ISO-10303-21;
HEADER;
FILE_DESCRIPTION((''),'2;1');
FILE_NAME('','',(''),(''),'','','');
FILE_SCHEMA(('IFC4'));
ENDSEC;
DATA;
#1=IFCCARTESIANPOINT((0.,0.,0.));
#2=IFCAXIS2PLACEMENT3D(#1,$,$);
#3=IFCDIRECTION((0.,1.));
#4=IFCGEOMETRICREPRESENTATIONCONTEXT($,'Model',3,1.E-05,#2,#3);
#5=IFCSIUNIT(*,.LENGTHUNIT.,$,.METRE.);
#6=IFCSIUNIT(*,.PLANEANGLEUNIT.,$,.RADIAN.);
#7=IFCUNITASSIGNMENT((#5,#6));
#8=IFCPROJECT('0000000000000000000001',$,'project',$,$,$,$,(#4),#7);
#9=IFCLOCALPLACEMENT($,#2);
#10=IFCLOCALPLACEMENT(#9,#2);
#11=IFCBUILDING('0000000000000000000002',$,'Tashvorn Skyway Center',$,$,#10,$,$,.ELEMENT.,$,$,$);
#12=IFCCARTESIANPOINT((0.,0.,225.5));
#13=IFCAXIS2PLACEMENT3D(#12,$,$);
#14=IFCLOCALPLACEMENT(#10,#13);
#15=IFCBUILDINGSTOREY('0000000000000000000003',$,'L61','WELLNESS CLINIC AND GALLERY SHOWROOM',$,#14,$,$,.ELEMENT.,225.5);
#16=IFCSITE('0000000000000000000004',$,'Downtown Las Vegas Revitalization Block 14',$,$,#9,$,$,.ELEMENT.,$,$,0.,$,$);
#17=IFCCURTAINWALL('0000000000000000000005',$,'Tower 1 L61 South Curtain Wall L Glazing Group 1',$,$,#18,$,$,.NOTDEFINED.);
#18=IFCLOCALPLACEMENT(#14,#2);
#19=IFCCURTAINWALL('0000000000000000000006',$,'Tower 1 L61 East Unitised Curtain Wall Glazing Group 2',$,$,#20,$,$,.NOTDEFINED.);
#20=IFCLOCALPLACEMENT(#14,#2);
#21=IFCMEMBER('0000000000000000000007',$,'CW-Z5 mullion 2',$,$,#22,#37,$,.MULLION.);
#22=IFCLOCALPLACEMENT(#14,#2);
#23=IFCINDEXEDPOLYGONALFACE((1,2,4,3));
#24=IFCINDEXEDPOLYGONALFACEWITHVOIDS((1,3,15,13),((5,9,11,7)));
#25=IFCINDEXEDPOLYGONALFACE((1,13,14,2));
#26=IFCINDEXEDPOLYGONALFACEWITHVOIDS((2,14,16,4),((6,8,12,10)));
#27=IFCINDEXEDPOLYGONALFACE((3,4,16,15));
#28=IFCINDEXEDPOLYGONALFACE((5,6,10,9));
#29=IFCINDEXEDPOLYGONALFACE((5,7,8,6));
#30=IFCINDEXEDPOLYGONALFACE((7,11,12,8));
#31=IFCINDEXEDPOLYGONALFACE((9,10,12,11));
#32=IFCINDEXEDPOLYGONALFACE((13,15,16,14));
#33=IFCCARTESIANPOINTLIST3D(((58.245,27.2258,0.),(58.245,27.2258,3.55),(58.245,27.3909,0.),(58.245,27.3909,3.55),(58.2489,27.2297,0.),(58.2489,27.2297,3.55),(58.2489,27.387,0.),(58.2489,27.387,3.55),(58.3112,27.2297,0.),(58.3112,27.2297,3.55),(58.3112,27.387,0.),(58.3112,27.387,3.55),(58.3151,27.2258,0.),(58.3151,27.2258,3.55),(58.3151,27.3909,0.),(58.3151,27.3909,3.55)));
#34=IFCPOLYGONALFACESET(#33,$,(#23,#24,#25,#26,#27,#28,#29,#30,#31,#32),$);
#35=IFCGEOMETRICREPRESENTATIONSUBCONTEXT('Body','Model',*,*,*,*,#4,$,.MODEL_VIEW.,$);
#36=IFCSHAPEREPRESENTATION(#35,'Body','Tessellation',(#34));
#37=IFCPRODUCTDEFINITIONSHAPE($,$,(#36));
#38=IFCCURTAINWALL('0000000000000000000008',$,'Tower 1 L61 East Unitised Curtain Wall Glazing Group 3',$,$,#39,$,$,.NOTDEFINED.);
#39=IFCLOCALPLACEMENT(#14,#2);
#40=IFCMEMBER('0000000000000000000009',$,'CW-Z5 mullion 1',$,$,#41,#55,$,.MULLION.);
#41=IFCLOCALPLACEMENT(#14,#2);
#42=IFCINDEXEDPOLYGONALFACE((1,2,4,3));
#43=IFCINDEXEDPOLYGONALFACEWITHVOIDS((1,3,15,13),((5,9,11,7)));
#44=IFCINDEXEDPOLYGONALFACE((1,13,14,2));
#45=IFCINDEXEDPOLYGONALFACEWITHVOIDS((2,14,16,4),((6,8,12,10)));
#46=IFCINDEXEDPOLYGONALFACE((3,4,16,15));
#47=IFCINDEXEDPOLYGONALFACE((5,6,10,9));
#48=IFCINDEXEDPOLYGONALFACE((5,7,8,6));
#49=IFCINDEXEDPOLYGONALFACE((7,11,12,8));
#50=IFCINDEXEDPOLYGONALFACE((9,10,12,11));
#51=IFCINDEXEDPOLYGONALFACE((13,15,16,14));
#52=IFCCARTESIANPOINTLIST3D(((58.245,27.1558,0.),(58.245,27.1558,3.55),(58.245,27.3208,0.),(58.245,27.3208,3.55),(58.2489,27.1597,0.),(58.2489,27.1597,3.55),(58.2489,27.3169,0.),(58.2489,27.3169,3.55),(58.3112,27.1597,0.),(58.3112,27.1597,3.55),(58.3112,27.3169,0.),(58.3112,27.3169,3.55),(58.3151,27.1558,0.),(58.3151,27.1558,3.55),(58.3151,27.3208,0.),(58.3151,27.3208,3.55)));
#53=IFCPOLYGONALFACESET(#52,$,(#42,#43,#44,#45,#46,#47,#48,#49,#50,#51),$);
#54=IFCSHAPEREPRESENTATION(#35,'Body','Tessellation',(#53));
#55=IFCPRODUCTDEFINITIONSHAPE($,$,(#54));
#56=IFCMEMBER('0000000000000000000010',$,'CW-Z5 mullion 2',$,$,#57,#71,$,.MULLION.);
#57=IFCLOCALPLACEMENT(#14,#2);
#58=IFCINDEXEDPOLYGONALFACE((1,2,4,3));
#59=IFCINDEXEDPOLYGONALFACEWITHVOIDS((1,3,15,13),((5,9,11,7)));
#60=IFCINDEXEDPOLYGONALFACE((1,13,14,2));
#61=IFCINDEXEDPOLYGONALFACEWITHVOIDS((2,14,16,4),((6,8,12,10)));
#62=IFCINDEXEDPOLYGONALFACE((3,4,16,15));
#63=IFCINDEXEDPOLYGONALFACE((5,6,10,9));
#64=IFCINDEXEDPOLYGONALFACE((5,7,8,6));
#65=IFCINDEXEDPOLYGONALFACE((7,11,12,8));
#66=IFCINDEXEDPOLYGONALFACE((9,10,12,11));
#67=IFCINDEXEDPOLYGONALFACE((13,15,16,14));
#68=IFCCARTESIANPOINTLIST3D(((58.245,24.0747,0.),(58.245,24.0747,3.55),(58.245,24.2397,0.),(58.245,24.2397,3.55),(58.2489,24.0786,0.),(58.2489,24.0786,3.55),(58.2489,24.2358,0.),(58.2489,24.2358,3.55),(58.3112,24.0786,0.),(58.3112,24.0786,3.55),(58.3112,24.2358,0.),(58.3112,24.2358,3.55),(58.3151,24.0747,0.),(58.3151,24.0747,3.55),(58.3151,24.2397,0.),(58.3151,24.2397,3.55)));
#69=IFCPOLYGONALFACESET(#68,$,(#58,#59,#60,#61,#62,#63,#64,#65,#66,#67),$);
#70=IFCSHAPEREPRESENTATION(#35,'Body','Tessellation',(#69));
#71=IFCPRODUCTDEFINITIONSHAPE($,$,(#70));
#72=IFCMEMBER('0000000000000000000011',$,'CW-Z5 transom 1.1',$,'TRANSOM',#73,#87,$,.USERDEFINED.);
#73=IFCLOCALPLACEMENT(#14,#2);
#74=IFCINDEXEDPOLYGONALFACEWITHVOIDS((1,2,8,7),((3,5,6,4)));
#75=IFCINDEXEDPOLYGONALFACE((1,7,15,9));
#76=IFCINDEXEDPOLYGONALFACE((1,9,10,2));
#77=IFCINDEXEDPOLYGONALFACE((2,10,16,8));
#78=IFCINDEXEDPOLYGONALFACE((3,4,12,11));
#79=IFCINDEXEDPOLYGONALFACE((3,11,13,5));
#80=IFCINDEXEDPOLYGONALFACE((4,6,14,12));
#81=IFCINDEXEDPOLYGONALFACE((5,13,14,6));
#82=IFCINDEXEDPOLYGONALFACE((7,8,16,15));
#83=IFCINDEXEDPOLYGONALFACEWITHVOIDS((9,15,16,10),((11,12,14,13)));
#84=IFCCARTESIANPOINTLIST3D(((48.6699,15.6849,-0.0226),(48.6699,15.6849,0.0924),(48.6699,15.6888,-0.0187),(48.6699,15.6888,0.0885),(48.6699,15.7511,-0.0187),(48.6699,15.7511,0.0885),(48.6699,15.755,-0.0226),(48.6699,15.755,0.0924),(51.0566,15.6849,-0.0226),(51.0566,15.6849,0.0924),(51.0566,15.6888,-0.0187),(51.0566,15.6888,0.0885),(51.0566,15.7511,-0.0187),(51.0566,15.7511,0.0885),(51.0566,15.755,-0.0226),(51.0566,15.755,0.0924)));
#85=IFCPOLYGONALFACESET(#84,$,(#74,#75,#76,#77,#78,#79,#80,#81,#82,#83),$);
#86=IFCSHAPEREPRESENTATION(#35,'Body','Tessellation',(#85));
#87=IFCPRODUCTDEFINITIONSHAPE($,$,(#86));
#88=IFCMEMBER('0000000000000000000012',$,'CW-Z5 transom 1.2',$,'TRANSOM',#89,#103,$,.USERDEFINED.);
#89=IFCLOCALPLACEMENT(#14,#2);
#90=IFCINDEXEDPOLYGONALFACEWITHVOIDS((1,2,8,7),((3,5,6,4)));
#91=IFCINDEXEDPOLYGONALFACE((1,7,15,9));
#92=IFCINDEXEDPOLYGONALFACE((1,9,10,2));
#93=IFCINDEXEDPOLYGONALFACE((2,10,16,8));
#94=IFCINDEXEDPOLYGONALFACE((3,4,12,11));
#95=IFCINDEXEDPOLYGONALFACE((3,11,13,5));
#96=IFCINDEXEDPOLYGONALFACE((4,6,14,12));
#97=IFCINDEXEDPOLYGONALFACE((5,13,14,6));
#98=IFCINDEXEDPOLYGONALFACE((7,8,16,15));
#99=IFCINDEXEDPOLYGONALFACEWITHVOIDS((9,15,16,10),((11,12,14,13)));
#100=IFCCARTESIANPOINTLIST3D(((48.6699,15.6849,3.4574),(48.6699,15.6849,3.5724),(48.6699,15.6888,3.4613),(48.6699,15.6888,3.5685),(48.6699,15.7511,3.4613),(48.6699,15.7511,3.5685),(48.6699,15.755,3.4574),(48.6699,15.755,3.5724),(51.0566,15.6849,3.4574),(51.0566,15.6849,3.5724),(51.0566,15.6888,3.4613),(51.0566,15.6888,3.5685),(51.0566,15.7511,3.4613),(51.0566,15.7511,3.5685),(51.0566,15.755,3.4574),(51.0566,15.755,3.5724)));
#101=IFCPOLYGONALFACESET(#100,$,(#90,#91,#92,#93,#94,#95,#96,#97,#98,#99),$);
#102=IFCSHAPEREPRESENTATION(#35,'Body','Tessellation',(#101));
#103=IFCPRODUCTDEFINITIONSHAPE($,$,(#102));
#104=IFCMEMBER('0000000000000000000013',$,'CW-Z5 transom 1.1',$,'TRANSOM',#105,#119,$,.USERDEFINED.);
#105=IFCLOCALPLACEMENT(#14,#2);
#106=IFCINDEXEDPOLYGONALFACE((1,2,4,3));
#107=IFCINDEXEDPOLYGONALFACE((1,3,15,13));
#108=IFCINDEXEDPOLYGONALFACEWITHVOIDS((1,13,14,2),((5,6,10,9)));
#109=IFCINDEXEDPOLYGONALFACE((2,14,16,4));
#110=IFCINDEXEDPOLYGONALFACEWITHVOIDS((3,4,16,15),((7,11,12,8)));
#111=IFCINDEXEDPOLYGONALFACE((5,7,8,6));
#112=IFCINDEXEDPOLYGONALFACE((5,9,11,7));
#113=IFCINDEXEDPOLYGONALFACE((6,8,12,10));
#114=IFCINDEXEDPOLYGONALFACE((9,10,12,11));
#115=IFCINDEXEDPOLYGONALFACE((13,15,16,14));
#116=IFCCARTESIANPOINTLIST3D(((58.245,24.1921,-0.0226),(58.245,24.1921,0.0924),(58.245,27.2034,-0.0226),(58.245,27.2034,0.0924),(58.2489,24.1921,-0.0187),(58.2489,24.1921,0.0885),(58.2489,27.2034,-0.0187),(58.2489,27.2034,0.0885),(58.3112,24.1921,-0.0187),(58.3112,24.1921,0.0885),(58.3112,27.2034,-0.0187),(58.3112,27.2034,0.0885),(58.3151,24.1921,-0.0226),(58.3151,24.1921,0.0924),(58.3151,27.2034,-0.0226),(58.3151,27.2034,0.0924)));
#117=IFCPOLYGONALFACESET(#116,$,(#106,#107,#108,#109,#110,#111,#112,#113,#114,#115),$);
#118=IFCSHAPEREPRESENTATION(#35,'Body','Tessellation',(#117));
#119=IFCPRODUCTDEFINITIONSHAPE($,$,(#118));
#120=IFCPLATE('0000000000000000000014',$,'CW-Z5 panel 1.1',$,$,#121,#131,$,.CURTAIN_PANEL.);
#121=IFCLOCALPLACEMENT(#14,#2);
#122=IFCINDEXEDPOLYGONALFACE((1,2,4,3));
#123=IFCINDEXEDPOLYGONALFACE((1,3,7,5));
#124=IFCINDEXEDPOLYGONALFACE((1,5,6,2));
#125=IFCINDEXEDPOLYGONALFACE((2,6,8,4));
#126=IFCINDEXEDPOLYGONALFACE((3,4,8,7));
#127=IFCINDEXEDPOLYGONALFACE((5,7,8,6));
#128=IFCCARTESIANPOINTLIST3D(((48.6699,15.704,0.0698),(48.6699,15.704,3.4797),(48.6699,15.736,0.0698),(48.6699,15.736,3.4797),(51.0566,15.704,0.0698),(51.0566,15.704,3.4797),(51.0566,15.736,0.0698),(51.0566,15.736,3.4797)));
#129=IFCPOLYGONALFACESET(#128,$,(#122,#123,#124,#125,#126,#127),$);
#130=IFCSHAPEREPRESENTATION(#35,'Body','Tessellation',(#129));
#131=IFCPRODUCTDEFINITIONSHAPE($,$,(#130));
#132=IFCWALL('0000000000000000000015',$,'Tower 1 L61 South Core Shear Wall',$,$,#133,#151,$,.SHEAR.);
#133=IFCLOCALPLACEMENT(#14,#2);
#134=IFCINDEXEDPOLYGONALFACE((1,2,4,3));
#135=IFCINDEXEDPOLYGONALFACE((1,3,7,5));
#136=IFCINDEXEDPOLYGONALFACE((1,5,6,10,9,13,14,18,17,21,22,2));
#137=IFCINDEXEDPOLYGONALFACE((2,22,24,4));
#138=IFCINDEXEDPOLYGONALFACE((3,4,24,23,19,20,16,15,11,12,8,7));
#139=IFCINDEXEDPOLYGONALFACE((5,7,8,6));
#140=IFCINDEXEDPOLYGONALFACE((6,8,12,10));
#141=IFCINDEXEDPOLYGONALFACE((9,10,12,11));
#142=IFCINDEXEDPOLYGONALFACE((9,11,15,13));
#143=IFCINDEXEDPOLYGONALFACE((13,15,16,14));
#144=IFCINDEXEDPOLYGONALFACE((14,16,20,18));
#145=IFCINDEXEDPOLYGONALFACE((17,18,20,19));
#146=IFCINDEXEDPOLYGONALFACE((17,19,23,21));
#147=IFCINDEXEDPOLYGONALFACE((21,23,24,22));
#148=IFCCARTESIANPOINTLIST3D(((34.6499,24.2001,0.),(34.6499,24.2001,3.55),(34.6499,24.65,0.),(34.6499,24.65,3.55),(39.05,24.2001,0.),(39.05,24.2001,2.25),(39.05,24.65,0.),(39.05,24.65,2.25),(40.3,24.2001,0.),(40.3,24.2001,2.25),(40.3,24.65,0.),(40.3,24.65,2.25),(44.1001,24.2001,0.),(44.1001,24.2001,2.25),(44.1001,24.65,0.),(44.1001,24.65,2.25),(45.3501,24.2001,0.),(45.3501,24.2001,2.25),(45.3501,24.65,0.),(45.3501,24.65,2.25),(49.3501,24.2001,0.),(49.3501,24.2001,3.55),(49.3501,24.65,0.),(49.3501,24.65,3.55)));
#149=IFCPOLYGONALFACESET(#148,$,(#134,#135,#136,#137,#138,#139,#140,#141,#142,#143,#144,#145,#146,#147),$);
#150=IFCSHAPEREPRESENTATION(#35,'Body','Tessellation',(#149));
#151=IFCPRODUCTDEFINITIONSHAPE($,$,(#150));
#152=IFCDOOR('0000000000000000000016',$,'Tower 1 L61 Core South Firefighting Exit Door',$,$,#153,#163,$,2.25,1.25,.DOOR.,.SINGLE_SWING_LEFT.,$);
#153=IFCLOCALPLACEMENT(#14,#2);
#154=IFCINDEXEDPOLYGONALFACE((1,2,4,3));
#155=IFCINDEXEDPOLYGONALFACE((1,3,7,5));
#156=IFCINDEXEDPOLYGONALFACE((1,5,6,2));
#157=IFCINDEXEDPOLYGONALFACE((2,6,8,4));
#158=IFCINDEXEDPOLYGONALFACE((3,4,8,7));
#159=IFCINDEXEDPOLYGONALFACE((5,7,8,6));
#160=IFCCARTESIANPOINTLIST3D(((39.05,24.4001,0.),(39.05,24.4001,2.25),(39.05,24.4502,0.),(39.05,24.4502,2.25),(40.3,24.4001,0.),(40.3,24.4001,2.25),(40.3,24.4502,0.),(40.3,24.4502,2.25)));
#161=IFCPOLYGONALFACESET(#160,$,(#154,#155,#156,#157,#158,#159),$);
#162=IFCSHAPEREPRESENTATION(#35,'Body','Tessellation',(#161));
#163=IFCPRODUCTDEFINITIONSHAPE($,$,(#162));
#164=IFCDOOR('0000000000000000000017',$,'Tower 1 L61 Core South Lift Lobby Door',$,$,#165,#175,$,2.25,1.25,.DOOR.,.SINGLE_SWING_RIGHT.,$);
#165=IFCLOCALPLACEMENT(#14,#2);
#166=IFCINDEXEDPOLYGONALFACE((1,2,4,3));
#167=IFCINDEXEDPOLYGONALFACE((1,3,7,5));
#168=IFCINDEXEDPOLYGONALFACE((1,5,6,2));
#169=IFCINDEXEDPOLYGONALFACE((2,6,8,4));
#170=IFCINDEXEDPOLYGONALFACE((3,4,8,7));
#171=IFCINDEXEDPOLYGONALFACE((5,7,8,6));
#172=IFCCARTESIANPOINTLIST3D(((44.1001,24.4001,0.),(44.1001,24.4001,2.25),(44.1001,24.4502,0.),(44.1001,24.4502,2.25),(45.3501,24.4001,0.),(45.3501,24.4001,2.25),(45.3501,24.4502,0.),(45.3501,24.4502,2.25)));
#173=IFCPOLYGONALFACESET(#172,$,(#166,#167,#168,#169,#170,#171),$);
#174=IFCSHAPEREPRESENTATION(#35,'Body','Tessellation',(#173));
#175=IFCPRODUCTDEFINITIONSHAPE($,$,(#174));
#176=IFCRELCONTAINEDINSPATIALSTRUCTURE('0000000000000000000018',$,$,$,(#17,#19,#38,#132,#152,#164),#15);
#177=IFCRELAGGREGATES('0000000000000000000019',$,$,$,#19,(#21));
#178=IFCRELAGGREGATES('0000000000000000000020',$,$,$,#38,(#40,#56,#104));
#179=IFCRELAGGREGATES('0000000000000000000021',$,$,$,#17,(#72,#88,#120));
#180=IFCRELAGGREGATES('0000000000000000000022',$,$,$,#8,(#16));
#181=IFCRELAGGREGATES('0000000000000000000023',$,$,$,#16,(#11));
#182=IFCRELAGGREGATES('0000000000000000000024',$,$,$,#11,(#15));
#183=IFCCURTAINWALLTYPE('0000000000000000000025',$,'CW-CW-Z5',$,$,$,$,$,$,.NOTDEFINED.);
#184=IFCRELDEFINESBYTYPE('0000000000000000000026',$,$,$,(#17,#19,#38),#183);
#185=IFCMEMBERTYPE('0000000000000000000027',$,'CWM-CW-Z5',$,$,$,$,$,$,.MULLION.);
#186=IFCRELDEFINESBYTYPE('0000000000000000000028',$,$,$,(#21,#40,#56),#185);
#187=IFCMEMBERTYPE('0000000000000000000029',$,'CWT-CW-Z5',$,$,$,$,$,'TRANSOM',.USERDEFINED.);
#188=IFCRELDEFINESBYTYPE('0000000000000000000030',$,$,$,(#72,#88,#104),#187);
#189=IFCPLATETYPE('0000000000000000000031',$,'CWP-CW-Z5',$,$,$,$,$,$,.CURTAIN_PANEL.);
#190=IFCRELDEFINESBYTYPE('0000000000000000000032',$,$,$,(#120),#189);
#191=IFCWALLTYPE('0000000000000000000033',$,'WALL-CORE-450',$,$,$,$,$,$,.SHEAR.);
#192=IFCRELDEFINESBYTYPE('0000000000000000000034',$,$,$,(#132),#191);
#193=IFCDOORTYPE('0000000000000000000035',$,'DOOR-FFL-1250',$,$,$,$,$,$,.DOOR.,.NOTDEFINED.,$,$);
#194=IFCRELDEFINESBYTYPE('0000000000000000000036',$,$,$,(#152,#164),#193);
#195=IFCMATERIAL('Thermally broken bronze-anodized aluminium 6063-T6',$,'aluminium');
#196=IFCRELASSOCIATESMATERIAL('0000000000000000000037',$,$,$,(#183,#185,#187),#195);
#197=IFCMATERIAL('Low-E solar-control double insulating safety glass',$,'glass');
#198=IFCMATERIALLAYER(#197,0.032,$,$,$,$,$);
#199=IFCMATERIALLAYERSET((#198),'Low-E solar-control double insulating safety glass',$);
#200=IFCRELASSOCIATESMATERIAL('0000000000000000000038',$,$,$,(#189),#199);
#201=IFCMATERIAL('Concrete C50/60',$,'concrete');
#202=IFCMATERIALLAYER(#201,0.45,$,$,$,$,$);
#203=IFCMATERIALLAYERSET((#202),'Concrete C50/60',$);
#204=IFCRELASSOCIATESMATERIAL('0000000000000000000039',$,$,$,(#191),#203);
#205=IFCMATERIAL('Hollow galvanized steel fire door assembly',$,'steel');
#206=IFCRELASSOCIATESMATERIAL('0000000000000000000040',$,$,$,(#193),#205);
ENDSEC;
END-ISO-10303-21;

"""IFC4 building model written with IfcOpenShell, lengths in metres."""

from ifc_helpers import new_model, si_unit, direction, frame, frame_2d, origin, origin_2d, place, context, subcontext, project, spatial, rectangle, hollow_rectangle, extrude, material, layer, layer_set, material_profile, profile_set, type_object, element, fill, aggregate, save


model = new_model("IFC4")

# Units and contexts
model_context = context("Model", 3, precision=1e-05, world=origin(), true_north=direction((0.0, 1.0)))
body_context = subcontext(model_context, "Body", "Model", "MODEL_VIEW")
ifc_project = project(units=[si_unit("LENGTHUNIT", "METRE"), si_unit("PLANEANGLEUNIT", "RADIAN")], contexts=[model_context])

# Site, building, storey
site_placement = place(None, origin())
site = spatial("IfcSite", under=ifc_project, at=site_placement, Name="Downtown Las Vegas Revitalization Block 14", CompositionType="ELEMENT", RefElevation=0.0)
building_placement = place(site_placement, origin())
building = spatial("IfcBuilding", under=site, at=building_placement, Name="Tashvorn Skyway Center", CompositionType="ELEMENT")
storey_placement = place(building_placement, frame((0.0, 0.0, 225.5)))
storey = spatial("IfcBuildingStorey", under=building, at=storey_placement, Name="L61", Description="WELLNESS CLINIC AND GALLERY SHOWROOM", CompositionType="ELEMENT", Elevation=225.5)

# Curtain wall
ifc_material_1 = material(Name="Thermally broken bronze-anodized aluminium 6063-T6", Category="aluminium")
curtain_wall_type = type_object("IfcCurtainWallType", Name="CW-CW-Z5", PredefinedType="NOTDEFINED", material=ifc_material_1)
curtain_wall_1_placement = place(storey_placement, origin())
curtain_wall_1 = element("IfcCurtainWall", 1, at=curtain_wall_1_placement, inside=storey, type_object=curtain_wall_type, Name="Tower 1 L61 South Curtain Wall L Glazing Group 1", PredefinedType="NOTDEFINED")
ifc_material_profile_1 = material_profile(ifc_material_1, hollow_rectangle(XDim=0.0701, YDim=0.165, WallThickness=0.0039, at=origin_2d()), Name="ALU-MULL-70x165")
ifc_profile_set_1 = profile_set([ifc_material_profile_1], Name="Thermally broken bronze-anodized aluminium 6063-T6")
member_type_1 = type_object("IfcMemberType", Name="CWM-CW-Z5", PredefinedType="MULLION", material=ifc_profile_set_1)

# Curtain wall, member
curtain_wall_2_placement = place(storey_placement, origin())
curtain_wall_2 = element("IfcCurtainWall", 2, at=curtain_wall_2_placement, inside=storey, type_object=curtain_wall_type, Name="Tower 1 L61 East Unitised Curtain Wall Glazing Group 2", PredefinedType="NOTDEFINED")
member_1_placement = place(storey_placement, frame((58.28, 27.3083, 0.0), z_axis=(0.0, 0.0, 1.0), x_axis=(1.0, 0.0, 0.0)))
member_1 = element("IfcMember", 3, at=member_1_placement, type_object=member_type_1, Name="CW-Z5 mullion 2", PredefinedType="MULLION", context=body_context, shape_type="SweptSolid", body=[
    extrude(hollow_rectangle(XDim=0.0701, YDim=0.165, WallThickness=0.0039, at=origin_2d()), origin(), (0.0, 0.0, 1.0), 3.55),
])
aggregate(curtain_wall_2, [member_1])

# Curtain wall, members
curtain_wall_3_placement = place(storey_placement, origin())
curtain_wall_3 = element("IfcCurtainWall", 4, at=curtain_wall_3_placement, inside=storey, type_object=curtain_wall_type, Name="Tower 1 L61 East Unitised Curtain Wall Glazing Group 3", PredefinedType="NOTDEFINED")
member_2_placement = place(storey_placement, frame((58.28, 27.2383, 0.0), z_axis=(0.0, 0.0, 1.0), x_axis=(1.0, 0.0, 0.0)))
member_2 = element("IfcMember", 5, at=member_2_placement, type_object=member_type_1, Name="CW-Z5 mullion 1", PredefinedType="MULLION", context=body_context, shape_type="SweptSolid", body=[
    extrude(hollow_rectangle(XDim=0.0701, YDim=0.165, WallThickness=0.0039, at=origin_2d()), origin(), (0.0, 0.0, 1.0), 3.55),
])
member_3_placement = place(storey_placement, frame((58.28, 24.1572, 0.0), z_axis=(0.0, 0.0, 1.0), x_axis=(1.0, 0.0, 0.0)))
member_3 = element("IfcMember", 6, at=member_3_placement, type_object=member_type_1, Name="CW-Z5 mullion 2", PredefinedType="MULLION", context=body_context, shape_type="SweptSolid", body=[
    extrude(hollow_rectangle(XDim=0.0701, YDim=0.165, WallThickness=0.0039, at=origin_2d()), origin(), (0.0, 0.0, 1.0), 3.55),
])

# Members
ifc_material_profile_2 = material_profile(ifc_material_1, hollow_rectangle(XDim=0.0701, YDim=0.115, WallThickness=0.0039, at=origin_2d()), Name="ALU-TRAN-70x115")
ifc_profile_set_2 = profile_set([ifc_material_profile_2], Name="Thermally broken bronze-anodized aluminium 6063-T6")
member_type_2 = type_object("IfcMemberType", Name="CWT-CW-Z5", ElementType="TRANSOM", PredefinedType="USERDEFINED", material=ifc_profile_set_2)
member_4_placement = place(storey_placement, frame((51.0566, 15.72, 0.0349), z_axis=(-1.0, 0.0, 0.0), x_axis=(0.0, -1.0, 0.0)))
member_4 = element("IfcMember", 7, at=member_4_placement, type_object=member_type_2, Name="CW-Z5 transom 1.1", ObjectType="TRANSOM", PredefinedType="USERDEFINED", context=body_context, shape_type="SweptSolid", body=[
    extrude(hollow_rectangle(XDim=0.0701, YDim=0.115, WallThickness=0.0039, at=origin_2d()), origin(), (0.0, 0.0, 1.0), 2.3867),
])
member_5_placement = place(storey_placement, frame((51.0566, 15.72, 3.5149), z_axis=(-1.0, 0.0, 0.0), x_axis=(0.0, -1.0, 0.0)))
member_5 = element("IfcMember", 8, at=member_5_placement, type_object=member_type_2, Name="CW-Z5 transom 1.2", ObjectType="TRANSOM", PredefinedType="USERDEFINED", context=body_context, shape_type="SweptSolid", body=[
    extrude(hollow_rectangle(XDim=0.0701, YDim=0.115, WallThickness=0.0039, at=origin_2d()), origin(), (0.0, 0.0, 1.0), 2.3867),
])
member_6_placement = place(storey_placement, frame((58.28, 27.2034, 0.0349), z_axis=(0.0, -1.0, 0.0), x_axis=(1.0, 0.0, 0.0)))
member_6 = element("IfcMember", 9, at=member_6_placement, type_object=member_type_2, Name="CW-Z5 transom 1.1", ObjectType="TRANSOM", PredefinedType="USERDEFINED", context=body_context, shape_type="SweptSolid", body=[
    extrude(hollow_rectangle(XDim=0.0701, YDim=0.115, WallThickness=0.0039, at=origin_2d()), origin(), (0.0, 0.0, 1.0), 3.0112),
])
aggregate(curtain_wall_3, [member_2, member_3, member_6])

# Plate
ifc_material_2 = material(Name="Low-E solar-control double insulating safety glass", Category="glass")
ifc_layer_1 = layer(ifc_material_2, 0.032)
ifc_layer_set_1 = layer_set([ifc_layer_1], Name="Low-E solar-control double insulating safety glass")
plate_type = type_object("IfcPlateType", Name="CWP-CW-Z5", PredefinedType="CURTAIN_PANEL", material=ifc_layer_set_1)
plate_placement = place(storey_placement, frame((49.8633, 15.72, 0.0698), z_axis=(0.0, 0.0, 1.0), x_axis=(-1.0, 0.0, 0.0)))
plate = element("IfcPlate", 10, at=plate_placement, type_object=plate_type, Name="CW-Z5 panel 1.1", PredefinedType="CURTAIN_PANEL", context=body_context, shape_type="SweptSolid", body=[
    extrude(rectangle(XDim=2.3867, YDim=0.032, at=origin_2d()), origin(), (0.0, 0.0, 1.0), 3.4099),
])
aggregate(curtain_wall_1, [member_4, member_5, plate])

# Wall, openings, doors
ifc_material_3 = material(Name="Concrete C50/60", Category="concrete")
ifc_layer_2 = layer(ifc_material_3, 0.45)
ifc_layer_set_2 = layer_set([ifc_layer_2], Name="Concrete C50/60")
wall_type_1 = type_object("IfcWallType", Name="WALL-CORE-450", PredefinedType="SHEAR", material=ifc_layer_set_2)
wall_1_placement = place(storey_placement, frame((49.3501, 24.425, 0.0), z_axis=(0.0, 0.0, 1.0), x_axis=(-1.0, 0.0, 0.0)))
wall_1 = element("IfcWall", 11, at=wall_1_placement, inside=storey, type_object=wall_type_1, Name="Tower 1 L61 South Core Shear Wall", PredefinedType="SHEAR", context=body_context, shape_type="SweptSolid", body=[
    extrude(rectangle(XDim=14.7002, YDim=0.45, at=frame_2d((7.3501, 0.0))), origin(), (0.0, 0.0, 1.0), 3.55),
])
opening_1_placement = place(wall_1_placement, frame((9.05, 0.0, 0.0)))
opening_1 = element("IfcOpeningElement", 12, at=opening_1_placement, cuts=wall_1, PredefinedType="OPENING", context=body_context, shape_type="SweptSolid", body=[
    extrude(rectangle(XDim=1.25, YDim=2.25, at=frame_2d((0.625, 1.125))), frame((0.0, 0.2349, 0.0), z_axis=(0.0, -1.0, 0.0), x_axis=(1.0, 0.0, 0.0)), (0.0, 0.0, 1.0), 0.47),
])
opening_2_placement = place(wall_1_placement, frame((4.0, 0.0, 0.0)))
opening_2 = element("IfcOpeningElement", 13, at=opening_2_placement, cuts=wall_1, PredefinedType="OPENING", context=body_context, shape_type="SweptSolid", body=[
    extrude(rectangle(XDim=1.25, YDim=2.25, at=frame_2d((0.625, 1.125))), frame((0.0, 0.2349, 0.0), z_axis=(0.0, -1.0, 0.0), x_axis=(1.0, 0.0, 0.0)), (0.0, 0.0, 1.0), 0.47),
])
ifc_material_4 = material(Name="Hollow galvanized steel fire door assembly", Category="steel")
door_type_1 = type_object("IfcDoorType", Name="DOOR-FFL-1250", OperationType="NOTDEFINED", PredefinedType="DOOR", material=ifc_material_4)
door_1_placement = place(opening_1_placement, origin())
door_1 = element("IfcDoor", 14, at=door_1_placement, inside=storey, type_object=door_type_1, Name="Tower 1 L61 Core South Firefighting Exit Door", OperationType="SINGLE_SWING_LEFT", OverallHeight=2.25, OverallWidth=1.25, PredefinedType="DOOR", context=body_context, shape_type="SweptSolid", body=[
    extrude(rectangle(XDim=1.25, YDim=2.25, at=frame_2d((0.625, 1.125))), frame((0.0, 0.0249, 0.0), z_axis=(0.0, -1.0, 0.0), x_axis=(1.0, 0.0, 0.0)), (0.0, 0.0, 1.0), 0.05),
])
fill(opening_1, door_1)
door_2_placement = place(opening_2_placement, origin())
door_2 = element("IfcDoor", 15, at=door_2_placement, inside=storey, type_object=door_type_1, Name="Tower 1 L61 Core South Lift Lobby Door", OperationType="SINGLE_SWING_RIGHT", OverallHeight=2.25, OverallWidth=1.25, PredefinedType="DOOR", context=body_context, shape_type="SweptSolid", body=[
    extrude(rectangle(XDim=1.25, YDim=2.25, at=frame_2d((0.625, 1.125))), frame((0.0, 0.0249, 0.0), z_axis=(0.0, -1.0, 0.0), x_axis=(1.0, 0.0, 0.0)), (0.0, 0.0, 1.0), 0.05),
])
fill(opening_2, door_2)

save(model, "model.ifc")
